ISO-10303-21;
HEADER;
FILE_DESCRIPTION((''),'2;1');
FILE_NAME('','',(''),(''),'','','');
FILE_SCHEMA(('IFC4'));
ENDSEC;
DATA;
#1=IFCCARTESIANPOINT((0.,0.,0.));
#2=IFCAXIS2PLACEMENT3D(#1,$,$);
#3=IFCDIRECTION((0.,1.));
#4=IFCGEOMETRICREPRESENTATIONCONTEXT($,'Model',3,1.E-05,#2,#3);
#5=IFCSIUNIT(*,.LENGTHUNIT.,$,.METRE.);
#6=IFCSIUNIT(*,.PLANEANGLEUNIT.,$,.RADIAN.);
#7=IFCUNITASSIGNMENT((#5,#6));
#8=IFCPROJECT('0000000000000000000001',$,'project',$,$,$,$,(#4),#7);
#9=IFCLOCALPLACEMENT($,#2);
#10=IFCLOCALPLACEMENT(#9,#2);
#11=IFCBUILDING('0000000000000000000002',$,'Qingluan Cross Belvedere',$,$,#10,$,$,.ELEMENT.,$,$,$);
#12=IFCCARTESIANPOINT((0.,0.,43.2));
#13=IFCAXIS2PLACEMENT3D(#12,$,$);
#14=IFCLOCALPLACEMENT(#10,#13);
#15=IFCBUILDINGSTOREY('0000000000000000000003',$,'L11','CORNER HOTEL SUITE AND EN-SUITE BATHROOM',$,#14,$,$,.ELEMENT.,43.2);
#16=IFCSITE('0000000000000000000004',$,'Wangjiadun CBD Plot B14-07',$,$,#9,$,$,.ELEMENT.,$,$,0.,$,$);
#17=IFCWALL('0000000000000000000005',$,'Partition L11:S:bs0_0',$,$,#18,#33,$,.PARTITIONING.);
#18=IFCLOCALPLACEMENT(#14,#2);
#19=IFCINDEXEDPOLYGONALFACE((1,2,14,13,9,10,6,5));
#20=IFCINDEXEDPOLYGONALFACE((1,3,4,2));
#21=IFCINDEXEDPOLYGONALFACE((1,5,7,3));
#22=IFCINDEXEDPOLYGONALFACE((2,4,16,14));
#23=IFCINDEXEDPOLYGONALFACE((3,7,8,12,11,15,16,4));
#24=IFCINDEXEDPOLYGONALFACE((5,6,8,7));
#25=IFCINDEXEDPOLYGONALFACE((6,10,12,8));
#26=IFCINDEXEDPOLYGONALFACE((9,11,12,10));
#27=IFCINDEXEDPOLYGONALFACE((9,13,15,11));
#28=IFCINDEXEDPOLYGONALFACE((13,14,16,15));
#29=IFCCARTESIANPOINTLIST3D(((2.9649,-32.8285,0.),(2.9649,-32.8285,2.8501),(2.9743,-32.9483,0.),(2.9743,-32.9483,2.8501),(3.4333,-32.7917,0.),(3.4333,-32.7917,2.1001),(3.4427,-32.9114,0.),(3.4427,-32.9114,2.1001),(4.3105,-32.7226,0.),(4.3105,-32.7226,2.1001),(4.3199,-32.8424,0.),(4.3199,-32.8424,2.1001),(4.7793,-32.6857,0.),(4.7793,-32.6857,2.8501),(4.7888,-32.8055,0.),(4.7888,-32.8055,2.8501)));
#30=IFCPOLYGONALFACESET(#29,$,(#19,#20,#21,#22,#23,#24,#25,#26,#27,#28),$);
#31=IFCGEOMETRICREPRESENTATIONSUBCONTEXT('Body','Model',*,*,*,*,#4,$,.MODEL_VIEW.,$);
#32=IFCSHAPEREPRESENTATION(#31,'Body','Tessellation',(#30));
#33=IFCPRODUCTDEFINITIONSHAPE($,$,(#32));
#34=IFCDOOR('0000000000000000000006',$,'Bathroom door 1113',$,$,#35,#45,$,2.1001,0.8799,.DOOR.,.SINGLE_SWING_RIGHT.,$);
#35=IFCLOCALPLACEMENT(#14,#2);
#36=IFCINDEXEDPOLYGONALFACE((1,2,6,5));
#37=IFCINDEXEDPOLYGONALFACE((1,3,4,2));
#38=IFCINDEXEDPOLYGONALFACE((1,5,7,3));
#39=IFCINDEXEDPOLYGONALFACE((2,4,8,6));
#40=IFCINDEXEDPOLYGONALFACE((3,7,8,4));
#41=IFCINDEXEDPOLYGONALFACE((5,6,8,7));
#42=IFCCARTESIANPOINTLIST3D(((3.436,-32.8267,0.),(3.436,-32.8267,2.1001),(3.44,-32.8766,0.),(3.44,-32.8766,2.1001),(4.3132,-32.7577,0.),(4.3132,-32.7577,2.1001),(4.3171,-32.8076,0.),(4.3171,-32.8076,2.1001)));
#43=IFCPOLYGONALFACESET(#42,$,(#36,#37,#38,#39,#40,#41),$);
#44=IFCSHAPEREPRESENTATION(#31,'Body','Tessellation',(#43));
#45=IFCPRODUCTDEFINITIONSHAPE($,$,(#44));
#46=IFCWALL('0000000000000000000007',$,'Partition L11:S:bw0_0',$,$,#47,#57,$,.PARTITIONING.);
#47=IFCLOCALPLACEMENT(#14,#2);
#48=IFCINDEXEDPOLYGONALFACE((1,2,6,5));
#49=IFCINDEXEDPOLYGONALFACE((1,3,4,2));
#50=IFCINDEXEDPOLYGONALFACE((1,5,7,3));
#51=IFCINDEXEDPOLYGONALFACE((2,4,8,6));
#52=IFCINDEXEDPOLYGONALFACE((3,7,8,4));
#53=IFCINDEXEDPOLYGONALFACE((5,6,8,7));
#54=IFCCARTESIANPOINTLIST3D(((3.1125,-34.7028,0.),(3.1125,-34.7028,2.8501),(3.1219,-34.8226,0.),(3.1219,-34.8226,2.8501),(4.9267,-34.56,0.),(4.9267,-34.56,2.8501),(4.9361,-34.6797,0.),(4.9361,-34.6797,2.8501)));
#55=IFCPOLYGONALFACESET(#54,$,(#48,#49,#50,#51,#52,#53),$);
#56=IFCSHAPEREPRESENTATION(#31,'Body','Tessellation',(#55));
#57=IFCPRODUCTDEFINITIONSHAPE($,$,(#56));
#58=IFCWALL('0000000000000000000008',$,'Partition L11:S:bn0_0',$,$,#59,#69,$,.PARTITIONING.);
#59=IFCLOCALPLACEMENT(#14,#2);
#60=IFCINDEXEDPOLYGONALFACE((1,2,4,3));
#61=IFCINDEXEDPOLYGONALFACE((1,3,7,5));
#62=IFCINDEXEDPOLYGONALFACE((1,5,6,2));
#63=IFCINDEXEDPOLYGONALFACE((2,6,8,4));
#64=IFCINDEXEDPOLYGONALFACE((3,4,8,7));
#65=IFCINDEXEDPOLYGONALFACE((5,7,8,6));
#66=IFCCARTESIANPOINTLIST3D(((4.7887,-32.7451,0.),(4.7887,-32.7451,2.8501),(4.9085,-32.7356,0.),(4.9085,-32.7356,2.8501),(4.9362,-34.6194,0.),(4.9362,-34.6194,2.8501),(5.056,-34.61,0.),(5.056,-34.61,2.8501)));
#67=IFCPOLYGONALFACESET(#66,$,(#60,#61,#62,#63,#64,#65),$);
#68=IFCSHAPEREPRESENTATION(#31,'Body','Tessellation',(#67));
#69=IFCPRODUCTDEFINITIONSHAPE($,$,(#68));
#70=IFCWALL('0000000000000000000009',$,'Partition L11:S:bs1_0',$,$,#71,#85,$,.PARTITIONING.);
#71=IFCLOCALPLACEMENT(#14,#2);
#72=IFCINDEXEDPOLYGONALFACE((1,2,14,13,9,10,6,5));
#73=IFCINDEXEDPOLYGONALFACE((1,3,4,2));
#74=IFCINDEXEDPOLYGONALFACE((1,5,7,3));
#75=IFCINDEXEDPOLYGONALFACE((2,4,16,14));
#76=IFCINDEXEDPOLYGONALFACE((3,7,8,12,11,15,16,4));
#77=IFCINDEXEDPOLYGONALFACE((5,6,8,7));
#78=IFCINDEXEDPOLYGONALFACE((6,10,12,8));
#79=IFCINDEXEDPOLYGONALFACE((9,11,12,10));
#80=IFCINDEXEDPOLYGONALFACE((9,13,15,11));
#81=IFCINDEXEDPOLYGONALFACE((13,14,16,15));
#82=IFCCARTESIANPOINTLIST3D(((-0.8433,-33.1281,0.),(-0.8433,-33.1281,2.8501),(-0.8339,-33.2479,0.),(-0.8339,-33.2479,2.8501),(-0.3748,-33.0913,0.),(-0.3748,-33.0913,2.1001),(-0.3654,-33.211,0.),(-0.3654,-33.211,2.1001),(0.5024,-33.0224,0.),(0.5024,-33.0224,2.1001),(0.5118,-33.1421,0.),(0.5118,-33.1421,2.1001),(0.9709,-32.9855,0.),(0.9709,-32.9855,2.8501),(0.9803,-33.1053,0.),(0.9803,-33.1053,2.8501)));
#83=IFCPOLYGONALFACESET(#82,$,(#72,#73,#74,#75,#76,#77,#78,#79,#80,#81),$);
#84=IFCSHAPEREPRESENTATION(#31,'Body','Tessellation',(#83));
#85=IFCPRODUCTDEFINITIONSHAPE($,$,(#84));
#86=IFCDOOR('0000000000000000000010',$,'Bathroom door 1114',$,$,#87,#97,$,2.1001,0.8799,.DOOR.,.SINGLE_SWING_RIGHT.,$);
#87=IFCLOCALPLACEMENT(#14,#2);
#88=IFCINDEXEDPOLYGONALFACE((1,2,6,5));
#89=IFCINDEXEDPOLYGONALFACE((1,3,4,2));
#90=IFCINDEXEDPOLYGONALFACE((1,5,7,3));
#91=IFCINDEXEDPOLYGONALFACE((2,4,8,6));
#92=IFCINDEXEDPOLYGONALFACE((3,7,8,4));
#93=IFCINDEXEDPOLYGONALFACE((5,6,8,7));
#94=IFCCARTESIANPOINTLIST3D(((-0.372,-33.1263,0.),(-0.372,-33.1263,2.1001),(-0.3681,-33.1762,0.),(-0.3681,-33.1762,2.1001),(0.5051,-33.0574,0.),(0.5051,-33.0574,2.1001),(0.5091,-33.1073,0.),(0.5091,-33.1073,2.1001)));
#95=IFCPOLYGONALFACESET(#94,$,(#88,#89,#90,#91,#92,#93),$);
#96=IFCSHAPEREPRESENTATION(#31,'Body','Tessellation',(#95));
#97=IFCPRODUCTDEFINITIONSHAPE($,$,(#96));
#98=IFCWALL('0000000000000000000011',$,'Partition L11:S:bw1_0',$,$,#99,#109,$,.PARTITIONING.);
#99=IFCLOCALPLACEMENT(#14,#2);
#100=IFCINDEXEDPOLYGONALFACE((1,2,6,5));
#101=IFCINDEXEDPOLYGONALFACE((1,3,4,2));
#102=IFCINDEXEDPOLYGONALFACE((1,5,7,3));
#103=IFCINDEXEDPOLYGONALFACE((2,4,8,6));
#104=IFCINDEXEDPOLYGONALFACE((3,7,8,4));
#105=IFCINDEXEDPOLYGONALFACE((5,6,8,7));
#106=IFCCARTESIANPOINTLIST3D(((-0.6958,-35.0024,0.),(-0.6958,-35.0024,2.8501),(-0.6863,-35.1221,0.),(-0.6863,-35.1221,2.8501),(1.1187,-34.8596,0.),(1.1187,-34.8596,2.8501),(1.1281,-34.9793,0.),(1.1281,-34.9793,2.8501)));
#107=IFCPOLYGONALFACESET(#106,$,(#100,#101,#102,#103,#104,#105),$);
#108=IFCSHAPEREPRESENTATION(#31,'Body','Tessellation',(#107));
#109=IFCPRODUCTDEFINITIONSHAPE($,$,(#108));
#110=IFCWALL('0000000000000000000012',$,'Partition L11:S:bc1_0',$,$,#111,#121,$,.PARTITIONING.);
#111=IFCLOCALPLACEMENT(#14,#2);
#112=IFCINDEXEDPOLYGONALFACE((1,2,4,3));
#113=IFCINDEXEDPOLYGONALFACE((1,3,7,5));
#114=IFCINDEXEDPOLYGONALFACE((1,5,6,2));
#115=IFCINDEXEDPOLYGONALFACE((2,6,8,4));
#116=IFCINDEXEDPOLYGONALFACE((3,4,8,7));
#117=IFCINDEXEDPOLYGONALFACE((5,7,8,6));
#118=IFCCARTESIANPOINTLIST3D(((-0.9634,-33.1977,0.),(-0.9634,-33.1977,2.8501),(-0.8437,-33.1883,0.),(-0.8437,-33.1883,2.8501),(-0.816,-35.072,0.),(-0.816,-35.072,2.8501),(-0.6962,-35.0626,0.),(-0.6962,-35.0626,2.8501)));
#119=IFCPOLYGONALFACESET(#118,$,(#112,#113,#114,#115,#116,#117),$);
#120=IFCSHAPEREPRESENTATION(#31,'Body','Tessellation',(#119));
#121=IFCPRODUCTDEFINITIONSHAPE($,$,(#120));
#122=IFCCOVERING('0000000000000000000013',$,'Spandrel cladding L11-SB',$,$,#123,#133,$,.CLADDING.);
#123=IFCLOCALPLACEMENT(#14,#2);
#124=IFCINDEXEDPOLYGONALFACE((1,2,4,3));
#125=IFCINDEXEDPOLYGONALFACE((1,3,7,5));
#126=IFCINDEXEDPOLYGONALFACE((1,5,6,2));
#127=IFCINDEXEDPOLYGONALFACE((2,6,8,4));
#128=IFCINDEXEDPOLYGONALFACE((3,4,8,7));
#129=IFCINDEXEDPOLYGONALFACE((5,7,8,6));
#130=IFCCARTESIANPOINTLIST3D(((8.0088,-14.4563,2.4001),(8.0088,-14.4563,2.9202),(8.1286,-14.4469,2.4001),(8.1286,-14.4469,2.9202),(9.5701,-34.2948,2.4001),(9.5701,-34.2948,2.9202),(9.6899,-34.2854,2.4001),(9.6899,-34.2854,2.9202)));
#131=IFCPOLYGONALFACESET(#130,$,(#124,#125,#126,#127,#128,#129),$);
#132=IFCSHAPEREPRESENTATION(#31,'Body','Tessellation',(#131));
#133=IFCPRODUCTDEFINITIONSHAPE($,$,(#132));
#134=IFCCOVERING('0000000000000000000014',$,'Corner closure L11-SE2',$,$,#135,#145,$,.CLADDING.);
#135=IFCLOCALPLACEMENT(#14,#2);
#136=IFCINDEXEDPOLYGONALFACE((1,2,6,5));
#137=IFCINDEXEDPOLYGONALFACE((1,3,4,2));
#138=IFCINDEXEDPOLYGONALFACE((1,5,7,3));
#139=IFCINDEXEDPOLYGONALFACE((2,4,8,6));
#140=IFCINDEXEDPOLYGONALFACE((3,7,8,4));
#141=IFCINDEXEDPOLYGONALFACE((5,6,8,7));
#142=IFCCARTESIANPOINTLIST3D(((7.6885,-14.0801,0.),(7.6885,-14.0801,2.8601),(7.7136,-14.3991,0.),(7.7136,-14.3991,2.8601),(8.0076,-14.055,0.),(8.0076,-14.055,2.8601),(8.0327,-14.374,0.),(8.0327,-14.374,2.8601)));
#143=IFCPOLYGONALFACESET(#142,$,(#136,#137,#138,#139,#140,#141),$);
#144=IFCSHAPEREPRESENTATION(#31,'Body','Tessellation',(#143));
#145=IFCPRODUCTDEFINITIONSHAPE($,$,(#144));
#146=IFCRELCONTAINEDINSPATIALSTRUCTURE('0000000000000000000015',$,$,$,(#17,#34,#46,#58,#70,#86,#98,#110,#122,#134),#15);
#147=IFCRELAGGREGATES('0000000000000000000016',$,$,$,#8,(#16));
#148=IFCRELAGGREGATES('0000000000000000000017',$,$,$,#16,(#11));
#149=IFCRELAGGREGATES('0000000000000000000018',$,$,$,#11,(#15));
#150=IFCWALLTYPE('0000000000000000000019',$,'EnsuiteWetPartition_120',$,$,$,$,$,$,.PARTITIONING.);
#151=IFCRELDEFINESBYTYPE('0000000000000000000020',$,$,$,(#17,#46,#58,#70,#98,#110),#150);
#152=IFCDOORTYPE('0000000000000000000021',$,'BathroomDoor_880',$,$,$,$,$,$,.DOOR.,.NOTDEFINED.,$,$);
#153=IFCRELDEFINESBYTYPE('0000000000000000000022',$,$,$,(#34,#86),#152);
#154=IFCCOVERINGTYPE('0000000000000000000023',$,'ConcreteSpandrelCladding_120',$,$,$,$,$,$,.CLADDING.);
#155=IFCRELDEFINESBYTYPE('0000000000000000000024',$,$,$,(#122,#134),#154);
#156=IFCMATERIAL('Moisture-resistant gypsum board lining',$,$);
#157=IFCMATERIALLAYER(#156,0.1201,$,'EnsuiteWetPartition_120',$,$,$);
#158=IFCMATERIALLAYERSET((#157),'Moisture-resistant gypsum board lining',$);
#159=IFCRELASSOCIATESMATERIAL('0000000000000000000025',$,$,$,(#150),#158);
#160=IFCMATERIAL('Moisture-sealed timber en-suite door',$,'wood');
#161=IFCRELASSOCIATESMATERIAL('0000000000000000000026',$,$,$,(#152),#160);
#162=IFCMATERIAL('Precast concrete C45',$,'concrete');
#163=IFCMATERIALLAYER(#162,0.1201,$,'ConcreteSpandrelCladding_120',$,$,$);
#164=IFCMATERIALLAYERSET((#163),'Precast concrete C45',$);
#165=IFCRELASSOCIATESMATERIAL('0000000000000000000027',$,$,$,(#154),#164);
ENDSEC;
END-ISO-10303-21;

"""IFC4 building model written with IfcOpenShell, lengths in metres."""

from ifc_helpers import new_model, si_unit, direction, frame, frame_2d, origin, origin_2d, place, context, subcontext, project, spatial, rectangle, extrude, material, layer, layer_set, type_object, element, fill, save


model = new_model("IFC4")

# Units and contexts
model_context = context("Model", 3, precision=1e-05, world=origin(), true_north=direction((0.0, 1.0)))
body_context = subcontext(model_context, "Body", "Model", "MODEL_VIEW")
ifc_project = project(units=[si_unit("LENGTHUNIT", "METRE"), si_unit("PLANEANGLEUNIT", "RADIAN")], contexts=[model_context])

# Site, building, storey
site_placement = place(None, origin())
site = spatial("IfcSite", under=ifc_project, at=site_placement, Name="Wangjiadun CBD Plot B14-07", CompositionType="ELEMENT", RefElevation=0.0)
building_placement = place(site_placement, origin())
building = spatial("IfcBuilding", under=site, at=building_placement, Name="Qingluan Cross Belvedere", CompositionType="ELEMENT")
storey_placement = place(building_placement, frame((0.0, 0.0, 43.2)))
storey = spatial("IfcBuildingStorey", under=building, at=storey_placement, Name="L11", Description="CORNER HOTEL SUITE AND EN-SUITE BATHROOM", CompositionType="ELEMENT", Elevation=43.2)

# Wall, opening, door
ifc_material_1 = material(Name="Moisture-resistant gypsum board lining")
ifc_layer_1 = layer(ifc_material_1, 0.1201, Name="EnsuiteWetPartition_120")
ifc_layer_set_1 = layer_set([ifc_layer_1], Name="Moisture-resistant gypsum board lining")
wall_type_1 = type_object("IfcWallType", Name="EnsuiteWetPartition_120", PredefinedType="PARTITIONING", material=ifc_layer_set_1)
wall_1_placement = place(storey_placement, frame((2.9695, -32.8884, 0.0), z_axis=(0.0, 0.0, 1.0), x_axis=(0.996916, 0.078471, 0.0)))
wall_1 = element("IfcWall", 1, at=wall_1_placement, inside=storey, type_object=wall_type_1, Name="Partition L11:S:bs0_0", PredefinedType="PARTITIONING", context=body_context, shape_type="SweptSolid", body=[
    extrude(rectangle(XDim=1.8201, YDim=0.1201, at=frame_2d((0.9102, 0.0))), origin(), (0.0, 0.0, 1.0), 2.8501),
])
opening_1_placement = place(wall_1_placement, frame((0.47, 0.0, 0.0)))
opening_1 = element("IfcOpeningElement", 2, at=opening_1_placement, cuts=wall_1, PredefinedType="OPENING", context=body_context, shape_type="SweptSolid", body=[
    extrude(rectangle(XDim=0.8799, YDim=2.1001, at=frame_2d((0.4399, 1.05))), frame((0.0, 0.0701, 0.0), z_axis=(0.0, -1.0, 0.0), x_axis=(1.0, 0.0, 0.0)), (0.0, 0.0, 1.0), 0.1401),
])
ifc_material_2 = material(Name="Moisture-sealed timber en-suite door", Category="wood")
door_type_1 = type_object("IfcDoorType", Name="BathroomDoor_880", OperationType="NOTDEFINED", PredefinedType="DOOR", material=ifc_material_2)
door_1_placement = place(opening_1_placement, origin())
door_1 = element("IfcDoor", 3, at=door_1_placement, inside=storey, type_object=door_type_1, Name="Bathroom door 1113", OperationType="SINGLE_SWING_RIGHT", OverallHeight=2.1001, OverallWidth=0.8799, PredefinedType="DOOR", context=body_context, shape_type="SweptSolid", body=[
    extrude(rectangle(XDim=0.8799, YDim=2.1001, at=frame_2d((0.4399, 1.05))), frame((0.0, 0.0249, 0.0), z_axis=(0.0, -1.0, 0.0), x_axis=(1.0, 0.0, 0.0)), (0.0, 0.0, 1.0), 0.05),
])
fill(opening_1, door_1)

# Walls
wall_2_placement = place(storey_placement, frame((3.1172, -34.7627, 0.0), z_axis=(0.0, 0.0, 1.0), x_axis=(0.996916, 0.078481, 0.0)))
element("IfcWall", 4, at=wall_2_placement, inside=storey, type_object=wall_type_1, Name="Partition L11:S:bw0_0", PredefinedType="PARTITIONING", context=body_context, shape_type="SweptSolid", body=[
    extrude(rectangle(XDim=1.8198, YDim=0.1201, at=frame_2d((0.9099, 0.0))), origin(), (0.0, 0.0, 1.0), 2.8501),
])
wall_3_placement = place(storey_placement, frame((4.8486, -32.7405, 0.0), z_axis=(0.0, 0.0, 1.0), x_axis=(0.078434, -0.996919, 0.0)))
element("IfcWall", 5, at=wall_3_placement, inside=storey, type_object=wall_type_1, Name="Partition L11:S:bn0_0", PredefinedType="PARTITIONING", context=body_context, shape_type="SweptSolid", body=[
    extrude(rectangle(XDim=1.8801, YDim=0.1201, at=frame_2d((0.9399, 0.0))), origin(), (0.0, 0.0, 1.0), 2.8501),
])

# Wall, opening, door
wall_4_placement = place(storey_placement, frame((-0.8386, -33.188, 0.0), z_axis=(0.0, 0.0, 1.0), x_axis=(0.996926, 0.078348, 0.0)))
wall_4 = element("IfcWall", 6, at=wall_4_placement, inside=storey, type_object=wall_type_1, Name="Partition L11:S:bs1_0", PredefinedType="PARTITIONING", context=body_context, shape_type="SweptSolid", body=[
    extrude(rectangle(XDim=1.8198, YDim=0.1201, at=frame_2d((0.9099, 0.0))), origin(), (0.0, 0.0, 1.0), 2.8501),
])
opening_2_placement = place(wall_4_placement, frame((0.47, 0.0, 0.0)))
opening_2 = element("IfcOpeningElement", 7, at=opening_2_placement, cuts=wall_4, PredefinedType="OPENING", context=body_context, shape_type="SweptSolid", body=[
    extrude(rectangle(XDim=0.8799, YDim=2.1001, at=frame_2d((0.4399, 1.05))), frame((0.0, 0.0701, 0.0), z_axis=(0.0, -1.0, 0.0), x_axis=(1.0, 0.0, 0.0)), (0.0, 0.0, 1.0), 0.1401),
])
door_2_placement = place(opening_2_placement, origin())
door_2 = element("IfcDoor", 8, at=door_2_placement, inside=storey, type_object=door_type_1, Name="Bathroom door 1114", OperationType="SINGLE_SWING_RIGHT", OverallHeight=2.1001, OverallWidth=0.8799, PredefinedType="DOOR", context=body_context, shape_type="SweptSolid", body=[
    extrude(rectangle(XDim=0.8799, YDim=2.1001, at=frame_2d((0.4399, 1.05))), frame((0.0, 0.0249, 0.0), z_axis=(0.0, -1.0, 0.0), x_axis=(1.0, 0.0, 0.0)), (0.0, 0.0, 1.0), 0.05),
])
fill(opening_2, door_2)

# Walls
wall_5_placement = place(storey_placement, frame((-0.6912, -35.0623, 0.0), z_axis=(0.0, 0.0, 1.0), x_axis=(0.996916, 0.078471, 0.0)))
element("IfcWall", 9, at=wall_5_placement, inside=storey, type_object=wall_type_1, Name="Partition L11:S:bw1_0", PredefinedType="PARTITIONING", context=body_context, shape_type="SweptSolid", body=[
    extrude(rectangle(XDim=1.8201, YDim=0.1201, at=frame_2d((0.9102, 0.0))), origin(), (0.0, 0.0, 1.0), 2.8501),
])
wall_6_placement = place(storey_placement, frame((-0.9036, -33.1931, 0.0), z_axis=(0.0, 0.0, 1.0), x_axis=(0.078434, -0.996919, 0.0)))
element("IfcWall", 10, at=wall_6_placement, inside=storey, type_object=wall_type_1, Name="Partition L11:S:bc1_0", PredefinedType="PARTITIONING", context=body_context, shape_type="SweptSolid", body=[
    extrude(rectangle(XDim=1.8801, YDim=0.1201, at=frame_2d((0.9399, 0.0))), origin(), (0.0, 0.0, 1.0), 2.8501),
])

# Coverings
ifc_material_3 = material(Name="Precast concrete C45", Category="concrete")
ifc_layer_2 = layer(ifc_material_3, 0.1201, Name="ConcreteSpandrelCladding_120")
ifc_layer_set_2 = layer_set([ifc_layer_2], Name="Precast concrete C45")
covering_type = type_object("IfcCoveringType", Name="ConcreteSpandrelCladding_120", PredefinedType="CLADDING", material=ifc_layer_set_2)
covering_1_placement = place(storey_placement, frame((8.8494, -24.3708, 2.4001), z_axis=(0.0, 0.0, 1.0), x_axis=(-0.078458, 0.996917, 0.0)))
element("IfcCovering", 11, at=covering_1_placement, inside=storey, type_object=covering_type, Name="Spandrel cladding L11-SB", PredefinedType="CLADDING", context=body_context, shape_type="SweptSolid", body=[
    extrude(rectangle(XDim=19.8999, YDim=0.1201, at=origin_2d()), origin(), (0.0, 0.0, 1.0), 0.52),
])
covering_2_placement = place(storey_placement, frame((7.8606, -14.2271, 0.0), z_axis=(0.0, 0.0, 1.0), x_axis=(0.996917, 0.078459, 0.0)))
element("IfcCovering", 12, at=covering_2_placement, inside=storey, type_object=covering_type, Name="Corner closure L11-SE2", PredefinedType="CLADDING", context=body_context, shape_type="SweptSolid", body=[
    extrude(rectangle(XDim=0.3201, YDim=0.3201, at=origin_2d()), origin(), (0.0, 0.0, 1.0), 2.8601),
])

save(model, "model.ifc")
